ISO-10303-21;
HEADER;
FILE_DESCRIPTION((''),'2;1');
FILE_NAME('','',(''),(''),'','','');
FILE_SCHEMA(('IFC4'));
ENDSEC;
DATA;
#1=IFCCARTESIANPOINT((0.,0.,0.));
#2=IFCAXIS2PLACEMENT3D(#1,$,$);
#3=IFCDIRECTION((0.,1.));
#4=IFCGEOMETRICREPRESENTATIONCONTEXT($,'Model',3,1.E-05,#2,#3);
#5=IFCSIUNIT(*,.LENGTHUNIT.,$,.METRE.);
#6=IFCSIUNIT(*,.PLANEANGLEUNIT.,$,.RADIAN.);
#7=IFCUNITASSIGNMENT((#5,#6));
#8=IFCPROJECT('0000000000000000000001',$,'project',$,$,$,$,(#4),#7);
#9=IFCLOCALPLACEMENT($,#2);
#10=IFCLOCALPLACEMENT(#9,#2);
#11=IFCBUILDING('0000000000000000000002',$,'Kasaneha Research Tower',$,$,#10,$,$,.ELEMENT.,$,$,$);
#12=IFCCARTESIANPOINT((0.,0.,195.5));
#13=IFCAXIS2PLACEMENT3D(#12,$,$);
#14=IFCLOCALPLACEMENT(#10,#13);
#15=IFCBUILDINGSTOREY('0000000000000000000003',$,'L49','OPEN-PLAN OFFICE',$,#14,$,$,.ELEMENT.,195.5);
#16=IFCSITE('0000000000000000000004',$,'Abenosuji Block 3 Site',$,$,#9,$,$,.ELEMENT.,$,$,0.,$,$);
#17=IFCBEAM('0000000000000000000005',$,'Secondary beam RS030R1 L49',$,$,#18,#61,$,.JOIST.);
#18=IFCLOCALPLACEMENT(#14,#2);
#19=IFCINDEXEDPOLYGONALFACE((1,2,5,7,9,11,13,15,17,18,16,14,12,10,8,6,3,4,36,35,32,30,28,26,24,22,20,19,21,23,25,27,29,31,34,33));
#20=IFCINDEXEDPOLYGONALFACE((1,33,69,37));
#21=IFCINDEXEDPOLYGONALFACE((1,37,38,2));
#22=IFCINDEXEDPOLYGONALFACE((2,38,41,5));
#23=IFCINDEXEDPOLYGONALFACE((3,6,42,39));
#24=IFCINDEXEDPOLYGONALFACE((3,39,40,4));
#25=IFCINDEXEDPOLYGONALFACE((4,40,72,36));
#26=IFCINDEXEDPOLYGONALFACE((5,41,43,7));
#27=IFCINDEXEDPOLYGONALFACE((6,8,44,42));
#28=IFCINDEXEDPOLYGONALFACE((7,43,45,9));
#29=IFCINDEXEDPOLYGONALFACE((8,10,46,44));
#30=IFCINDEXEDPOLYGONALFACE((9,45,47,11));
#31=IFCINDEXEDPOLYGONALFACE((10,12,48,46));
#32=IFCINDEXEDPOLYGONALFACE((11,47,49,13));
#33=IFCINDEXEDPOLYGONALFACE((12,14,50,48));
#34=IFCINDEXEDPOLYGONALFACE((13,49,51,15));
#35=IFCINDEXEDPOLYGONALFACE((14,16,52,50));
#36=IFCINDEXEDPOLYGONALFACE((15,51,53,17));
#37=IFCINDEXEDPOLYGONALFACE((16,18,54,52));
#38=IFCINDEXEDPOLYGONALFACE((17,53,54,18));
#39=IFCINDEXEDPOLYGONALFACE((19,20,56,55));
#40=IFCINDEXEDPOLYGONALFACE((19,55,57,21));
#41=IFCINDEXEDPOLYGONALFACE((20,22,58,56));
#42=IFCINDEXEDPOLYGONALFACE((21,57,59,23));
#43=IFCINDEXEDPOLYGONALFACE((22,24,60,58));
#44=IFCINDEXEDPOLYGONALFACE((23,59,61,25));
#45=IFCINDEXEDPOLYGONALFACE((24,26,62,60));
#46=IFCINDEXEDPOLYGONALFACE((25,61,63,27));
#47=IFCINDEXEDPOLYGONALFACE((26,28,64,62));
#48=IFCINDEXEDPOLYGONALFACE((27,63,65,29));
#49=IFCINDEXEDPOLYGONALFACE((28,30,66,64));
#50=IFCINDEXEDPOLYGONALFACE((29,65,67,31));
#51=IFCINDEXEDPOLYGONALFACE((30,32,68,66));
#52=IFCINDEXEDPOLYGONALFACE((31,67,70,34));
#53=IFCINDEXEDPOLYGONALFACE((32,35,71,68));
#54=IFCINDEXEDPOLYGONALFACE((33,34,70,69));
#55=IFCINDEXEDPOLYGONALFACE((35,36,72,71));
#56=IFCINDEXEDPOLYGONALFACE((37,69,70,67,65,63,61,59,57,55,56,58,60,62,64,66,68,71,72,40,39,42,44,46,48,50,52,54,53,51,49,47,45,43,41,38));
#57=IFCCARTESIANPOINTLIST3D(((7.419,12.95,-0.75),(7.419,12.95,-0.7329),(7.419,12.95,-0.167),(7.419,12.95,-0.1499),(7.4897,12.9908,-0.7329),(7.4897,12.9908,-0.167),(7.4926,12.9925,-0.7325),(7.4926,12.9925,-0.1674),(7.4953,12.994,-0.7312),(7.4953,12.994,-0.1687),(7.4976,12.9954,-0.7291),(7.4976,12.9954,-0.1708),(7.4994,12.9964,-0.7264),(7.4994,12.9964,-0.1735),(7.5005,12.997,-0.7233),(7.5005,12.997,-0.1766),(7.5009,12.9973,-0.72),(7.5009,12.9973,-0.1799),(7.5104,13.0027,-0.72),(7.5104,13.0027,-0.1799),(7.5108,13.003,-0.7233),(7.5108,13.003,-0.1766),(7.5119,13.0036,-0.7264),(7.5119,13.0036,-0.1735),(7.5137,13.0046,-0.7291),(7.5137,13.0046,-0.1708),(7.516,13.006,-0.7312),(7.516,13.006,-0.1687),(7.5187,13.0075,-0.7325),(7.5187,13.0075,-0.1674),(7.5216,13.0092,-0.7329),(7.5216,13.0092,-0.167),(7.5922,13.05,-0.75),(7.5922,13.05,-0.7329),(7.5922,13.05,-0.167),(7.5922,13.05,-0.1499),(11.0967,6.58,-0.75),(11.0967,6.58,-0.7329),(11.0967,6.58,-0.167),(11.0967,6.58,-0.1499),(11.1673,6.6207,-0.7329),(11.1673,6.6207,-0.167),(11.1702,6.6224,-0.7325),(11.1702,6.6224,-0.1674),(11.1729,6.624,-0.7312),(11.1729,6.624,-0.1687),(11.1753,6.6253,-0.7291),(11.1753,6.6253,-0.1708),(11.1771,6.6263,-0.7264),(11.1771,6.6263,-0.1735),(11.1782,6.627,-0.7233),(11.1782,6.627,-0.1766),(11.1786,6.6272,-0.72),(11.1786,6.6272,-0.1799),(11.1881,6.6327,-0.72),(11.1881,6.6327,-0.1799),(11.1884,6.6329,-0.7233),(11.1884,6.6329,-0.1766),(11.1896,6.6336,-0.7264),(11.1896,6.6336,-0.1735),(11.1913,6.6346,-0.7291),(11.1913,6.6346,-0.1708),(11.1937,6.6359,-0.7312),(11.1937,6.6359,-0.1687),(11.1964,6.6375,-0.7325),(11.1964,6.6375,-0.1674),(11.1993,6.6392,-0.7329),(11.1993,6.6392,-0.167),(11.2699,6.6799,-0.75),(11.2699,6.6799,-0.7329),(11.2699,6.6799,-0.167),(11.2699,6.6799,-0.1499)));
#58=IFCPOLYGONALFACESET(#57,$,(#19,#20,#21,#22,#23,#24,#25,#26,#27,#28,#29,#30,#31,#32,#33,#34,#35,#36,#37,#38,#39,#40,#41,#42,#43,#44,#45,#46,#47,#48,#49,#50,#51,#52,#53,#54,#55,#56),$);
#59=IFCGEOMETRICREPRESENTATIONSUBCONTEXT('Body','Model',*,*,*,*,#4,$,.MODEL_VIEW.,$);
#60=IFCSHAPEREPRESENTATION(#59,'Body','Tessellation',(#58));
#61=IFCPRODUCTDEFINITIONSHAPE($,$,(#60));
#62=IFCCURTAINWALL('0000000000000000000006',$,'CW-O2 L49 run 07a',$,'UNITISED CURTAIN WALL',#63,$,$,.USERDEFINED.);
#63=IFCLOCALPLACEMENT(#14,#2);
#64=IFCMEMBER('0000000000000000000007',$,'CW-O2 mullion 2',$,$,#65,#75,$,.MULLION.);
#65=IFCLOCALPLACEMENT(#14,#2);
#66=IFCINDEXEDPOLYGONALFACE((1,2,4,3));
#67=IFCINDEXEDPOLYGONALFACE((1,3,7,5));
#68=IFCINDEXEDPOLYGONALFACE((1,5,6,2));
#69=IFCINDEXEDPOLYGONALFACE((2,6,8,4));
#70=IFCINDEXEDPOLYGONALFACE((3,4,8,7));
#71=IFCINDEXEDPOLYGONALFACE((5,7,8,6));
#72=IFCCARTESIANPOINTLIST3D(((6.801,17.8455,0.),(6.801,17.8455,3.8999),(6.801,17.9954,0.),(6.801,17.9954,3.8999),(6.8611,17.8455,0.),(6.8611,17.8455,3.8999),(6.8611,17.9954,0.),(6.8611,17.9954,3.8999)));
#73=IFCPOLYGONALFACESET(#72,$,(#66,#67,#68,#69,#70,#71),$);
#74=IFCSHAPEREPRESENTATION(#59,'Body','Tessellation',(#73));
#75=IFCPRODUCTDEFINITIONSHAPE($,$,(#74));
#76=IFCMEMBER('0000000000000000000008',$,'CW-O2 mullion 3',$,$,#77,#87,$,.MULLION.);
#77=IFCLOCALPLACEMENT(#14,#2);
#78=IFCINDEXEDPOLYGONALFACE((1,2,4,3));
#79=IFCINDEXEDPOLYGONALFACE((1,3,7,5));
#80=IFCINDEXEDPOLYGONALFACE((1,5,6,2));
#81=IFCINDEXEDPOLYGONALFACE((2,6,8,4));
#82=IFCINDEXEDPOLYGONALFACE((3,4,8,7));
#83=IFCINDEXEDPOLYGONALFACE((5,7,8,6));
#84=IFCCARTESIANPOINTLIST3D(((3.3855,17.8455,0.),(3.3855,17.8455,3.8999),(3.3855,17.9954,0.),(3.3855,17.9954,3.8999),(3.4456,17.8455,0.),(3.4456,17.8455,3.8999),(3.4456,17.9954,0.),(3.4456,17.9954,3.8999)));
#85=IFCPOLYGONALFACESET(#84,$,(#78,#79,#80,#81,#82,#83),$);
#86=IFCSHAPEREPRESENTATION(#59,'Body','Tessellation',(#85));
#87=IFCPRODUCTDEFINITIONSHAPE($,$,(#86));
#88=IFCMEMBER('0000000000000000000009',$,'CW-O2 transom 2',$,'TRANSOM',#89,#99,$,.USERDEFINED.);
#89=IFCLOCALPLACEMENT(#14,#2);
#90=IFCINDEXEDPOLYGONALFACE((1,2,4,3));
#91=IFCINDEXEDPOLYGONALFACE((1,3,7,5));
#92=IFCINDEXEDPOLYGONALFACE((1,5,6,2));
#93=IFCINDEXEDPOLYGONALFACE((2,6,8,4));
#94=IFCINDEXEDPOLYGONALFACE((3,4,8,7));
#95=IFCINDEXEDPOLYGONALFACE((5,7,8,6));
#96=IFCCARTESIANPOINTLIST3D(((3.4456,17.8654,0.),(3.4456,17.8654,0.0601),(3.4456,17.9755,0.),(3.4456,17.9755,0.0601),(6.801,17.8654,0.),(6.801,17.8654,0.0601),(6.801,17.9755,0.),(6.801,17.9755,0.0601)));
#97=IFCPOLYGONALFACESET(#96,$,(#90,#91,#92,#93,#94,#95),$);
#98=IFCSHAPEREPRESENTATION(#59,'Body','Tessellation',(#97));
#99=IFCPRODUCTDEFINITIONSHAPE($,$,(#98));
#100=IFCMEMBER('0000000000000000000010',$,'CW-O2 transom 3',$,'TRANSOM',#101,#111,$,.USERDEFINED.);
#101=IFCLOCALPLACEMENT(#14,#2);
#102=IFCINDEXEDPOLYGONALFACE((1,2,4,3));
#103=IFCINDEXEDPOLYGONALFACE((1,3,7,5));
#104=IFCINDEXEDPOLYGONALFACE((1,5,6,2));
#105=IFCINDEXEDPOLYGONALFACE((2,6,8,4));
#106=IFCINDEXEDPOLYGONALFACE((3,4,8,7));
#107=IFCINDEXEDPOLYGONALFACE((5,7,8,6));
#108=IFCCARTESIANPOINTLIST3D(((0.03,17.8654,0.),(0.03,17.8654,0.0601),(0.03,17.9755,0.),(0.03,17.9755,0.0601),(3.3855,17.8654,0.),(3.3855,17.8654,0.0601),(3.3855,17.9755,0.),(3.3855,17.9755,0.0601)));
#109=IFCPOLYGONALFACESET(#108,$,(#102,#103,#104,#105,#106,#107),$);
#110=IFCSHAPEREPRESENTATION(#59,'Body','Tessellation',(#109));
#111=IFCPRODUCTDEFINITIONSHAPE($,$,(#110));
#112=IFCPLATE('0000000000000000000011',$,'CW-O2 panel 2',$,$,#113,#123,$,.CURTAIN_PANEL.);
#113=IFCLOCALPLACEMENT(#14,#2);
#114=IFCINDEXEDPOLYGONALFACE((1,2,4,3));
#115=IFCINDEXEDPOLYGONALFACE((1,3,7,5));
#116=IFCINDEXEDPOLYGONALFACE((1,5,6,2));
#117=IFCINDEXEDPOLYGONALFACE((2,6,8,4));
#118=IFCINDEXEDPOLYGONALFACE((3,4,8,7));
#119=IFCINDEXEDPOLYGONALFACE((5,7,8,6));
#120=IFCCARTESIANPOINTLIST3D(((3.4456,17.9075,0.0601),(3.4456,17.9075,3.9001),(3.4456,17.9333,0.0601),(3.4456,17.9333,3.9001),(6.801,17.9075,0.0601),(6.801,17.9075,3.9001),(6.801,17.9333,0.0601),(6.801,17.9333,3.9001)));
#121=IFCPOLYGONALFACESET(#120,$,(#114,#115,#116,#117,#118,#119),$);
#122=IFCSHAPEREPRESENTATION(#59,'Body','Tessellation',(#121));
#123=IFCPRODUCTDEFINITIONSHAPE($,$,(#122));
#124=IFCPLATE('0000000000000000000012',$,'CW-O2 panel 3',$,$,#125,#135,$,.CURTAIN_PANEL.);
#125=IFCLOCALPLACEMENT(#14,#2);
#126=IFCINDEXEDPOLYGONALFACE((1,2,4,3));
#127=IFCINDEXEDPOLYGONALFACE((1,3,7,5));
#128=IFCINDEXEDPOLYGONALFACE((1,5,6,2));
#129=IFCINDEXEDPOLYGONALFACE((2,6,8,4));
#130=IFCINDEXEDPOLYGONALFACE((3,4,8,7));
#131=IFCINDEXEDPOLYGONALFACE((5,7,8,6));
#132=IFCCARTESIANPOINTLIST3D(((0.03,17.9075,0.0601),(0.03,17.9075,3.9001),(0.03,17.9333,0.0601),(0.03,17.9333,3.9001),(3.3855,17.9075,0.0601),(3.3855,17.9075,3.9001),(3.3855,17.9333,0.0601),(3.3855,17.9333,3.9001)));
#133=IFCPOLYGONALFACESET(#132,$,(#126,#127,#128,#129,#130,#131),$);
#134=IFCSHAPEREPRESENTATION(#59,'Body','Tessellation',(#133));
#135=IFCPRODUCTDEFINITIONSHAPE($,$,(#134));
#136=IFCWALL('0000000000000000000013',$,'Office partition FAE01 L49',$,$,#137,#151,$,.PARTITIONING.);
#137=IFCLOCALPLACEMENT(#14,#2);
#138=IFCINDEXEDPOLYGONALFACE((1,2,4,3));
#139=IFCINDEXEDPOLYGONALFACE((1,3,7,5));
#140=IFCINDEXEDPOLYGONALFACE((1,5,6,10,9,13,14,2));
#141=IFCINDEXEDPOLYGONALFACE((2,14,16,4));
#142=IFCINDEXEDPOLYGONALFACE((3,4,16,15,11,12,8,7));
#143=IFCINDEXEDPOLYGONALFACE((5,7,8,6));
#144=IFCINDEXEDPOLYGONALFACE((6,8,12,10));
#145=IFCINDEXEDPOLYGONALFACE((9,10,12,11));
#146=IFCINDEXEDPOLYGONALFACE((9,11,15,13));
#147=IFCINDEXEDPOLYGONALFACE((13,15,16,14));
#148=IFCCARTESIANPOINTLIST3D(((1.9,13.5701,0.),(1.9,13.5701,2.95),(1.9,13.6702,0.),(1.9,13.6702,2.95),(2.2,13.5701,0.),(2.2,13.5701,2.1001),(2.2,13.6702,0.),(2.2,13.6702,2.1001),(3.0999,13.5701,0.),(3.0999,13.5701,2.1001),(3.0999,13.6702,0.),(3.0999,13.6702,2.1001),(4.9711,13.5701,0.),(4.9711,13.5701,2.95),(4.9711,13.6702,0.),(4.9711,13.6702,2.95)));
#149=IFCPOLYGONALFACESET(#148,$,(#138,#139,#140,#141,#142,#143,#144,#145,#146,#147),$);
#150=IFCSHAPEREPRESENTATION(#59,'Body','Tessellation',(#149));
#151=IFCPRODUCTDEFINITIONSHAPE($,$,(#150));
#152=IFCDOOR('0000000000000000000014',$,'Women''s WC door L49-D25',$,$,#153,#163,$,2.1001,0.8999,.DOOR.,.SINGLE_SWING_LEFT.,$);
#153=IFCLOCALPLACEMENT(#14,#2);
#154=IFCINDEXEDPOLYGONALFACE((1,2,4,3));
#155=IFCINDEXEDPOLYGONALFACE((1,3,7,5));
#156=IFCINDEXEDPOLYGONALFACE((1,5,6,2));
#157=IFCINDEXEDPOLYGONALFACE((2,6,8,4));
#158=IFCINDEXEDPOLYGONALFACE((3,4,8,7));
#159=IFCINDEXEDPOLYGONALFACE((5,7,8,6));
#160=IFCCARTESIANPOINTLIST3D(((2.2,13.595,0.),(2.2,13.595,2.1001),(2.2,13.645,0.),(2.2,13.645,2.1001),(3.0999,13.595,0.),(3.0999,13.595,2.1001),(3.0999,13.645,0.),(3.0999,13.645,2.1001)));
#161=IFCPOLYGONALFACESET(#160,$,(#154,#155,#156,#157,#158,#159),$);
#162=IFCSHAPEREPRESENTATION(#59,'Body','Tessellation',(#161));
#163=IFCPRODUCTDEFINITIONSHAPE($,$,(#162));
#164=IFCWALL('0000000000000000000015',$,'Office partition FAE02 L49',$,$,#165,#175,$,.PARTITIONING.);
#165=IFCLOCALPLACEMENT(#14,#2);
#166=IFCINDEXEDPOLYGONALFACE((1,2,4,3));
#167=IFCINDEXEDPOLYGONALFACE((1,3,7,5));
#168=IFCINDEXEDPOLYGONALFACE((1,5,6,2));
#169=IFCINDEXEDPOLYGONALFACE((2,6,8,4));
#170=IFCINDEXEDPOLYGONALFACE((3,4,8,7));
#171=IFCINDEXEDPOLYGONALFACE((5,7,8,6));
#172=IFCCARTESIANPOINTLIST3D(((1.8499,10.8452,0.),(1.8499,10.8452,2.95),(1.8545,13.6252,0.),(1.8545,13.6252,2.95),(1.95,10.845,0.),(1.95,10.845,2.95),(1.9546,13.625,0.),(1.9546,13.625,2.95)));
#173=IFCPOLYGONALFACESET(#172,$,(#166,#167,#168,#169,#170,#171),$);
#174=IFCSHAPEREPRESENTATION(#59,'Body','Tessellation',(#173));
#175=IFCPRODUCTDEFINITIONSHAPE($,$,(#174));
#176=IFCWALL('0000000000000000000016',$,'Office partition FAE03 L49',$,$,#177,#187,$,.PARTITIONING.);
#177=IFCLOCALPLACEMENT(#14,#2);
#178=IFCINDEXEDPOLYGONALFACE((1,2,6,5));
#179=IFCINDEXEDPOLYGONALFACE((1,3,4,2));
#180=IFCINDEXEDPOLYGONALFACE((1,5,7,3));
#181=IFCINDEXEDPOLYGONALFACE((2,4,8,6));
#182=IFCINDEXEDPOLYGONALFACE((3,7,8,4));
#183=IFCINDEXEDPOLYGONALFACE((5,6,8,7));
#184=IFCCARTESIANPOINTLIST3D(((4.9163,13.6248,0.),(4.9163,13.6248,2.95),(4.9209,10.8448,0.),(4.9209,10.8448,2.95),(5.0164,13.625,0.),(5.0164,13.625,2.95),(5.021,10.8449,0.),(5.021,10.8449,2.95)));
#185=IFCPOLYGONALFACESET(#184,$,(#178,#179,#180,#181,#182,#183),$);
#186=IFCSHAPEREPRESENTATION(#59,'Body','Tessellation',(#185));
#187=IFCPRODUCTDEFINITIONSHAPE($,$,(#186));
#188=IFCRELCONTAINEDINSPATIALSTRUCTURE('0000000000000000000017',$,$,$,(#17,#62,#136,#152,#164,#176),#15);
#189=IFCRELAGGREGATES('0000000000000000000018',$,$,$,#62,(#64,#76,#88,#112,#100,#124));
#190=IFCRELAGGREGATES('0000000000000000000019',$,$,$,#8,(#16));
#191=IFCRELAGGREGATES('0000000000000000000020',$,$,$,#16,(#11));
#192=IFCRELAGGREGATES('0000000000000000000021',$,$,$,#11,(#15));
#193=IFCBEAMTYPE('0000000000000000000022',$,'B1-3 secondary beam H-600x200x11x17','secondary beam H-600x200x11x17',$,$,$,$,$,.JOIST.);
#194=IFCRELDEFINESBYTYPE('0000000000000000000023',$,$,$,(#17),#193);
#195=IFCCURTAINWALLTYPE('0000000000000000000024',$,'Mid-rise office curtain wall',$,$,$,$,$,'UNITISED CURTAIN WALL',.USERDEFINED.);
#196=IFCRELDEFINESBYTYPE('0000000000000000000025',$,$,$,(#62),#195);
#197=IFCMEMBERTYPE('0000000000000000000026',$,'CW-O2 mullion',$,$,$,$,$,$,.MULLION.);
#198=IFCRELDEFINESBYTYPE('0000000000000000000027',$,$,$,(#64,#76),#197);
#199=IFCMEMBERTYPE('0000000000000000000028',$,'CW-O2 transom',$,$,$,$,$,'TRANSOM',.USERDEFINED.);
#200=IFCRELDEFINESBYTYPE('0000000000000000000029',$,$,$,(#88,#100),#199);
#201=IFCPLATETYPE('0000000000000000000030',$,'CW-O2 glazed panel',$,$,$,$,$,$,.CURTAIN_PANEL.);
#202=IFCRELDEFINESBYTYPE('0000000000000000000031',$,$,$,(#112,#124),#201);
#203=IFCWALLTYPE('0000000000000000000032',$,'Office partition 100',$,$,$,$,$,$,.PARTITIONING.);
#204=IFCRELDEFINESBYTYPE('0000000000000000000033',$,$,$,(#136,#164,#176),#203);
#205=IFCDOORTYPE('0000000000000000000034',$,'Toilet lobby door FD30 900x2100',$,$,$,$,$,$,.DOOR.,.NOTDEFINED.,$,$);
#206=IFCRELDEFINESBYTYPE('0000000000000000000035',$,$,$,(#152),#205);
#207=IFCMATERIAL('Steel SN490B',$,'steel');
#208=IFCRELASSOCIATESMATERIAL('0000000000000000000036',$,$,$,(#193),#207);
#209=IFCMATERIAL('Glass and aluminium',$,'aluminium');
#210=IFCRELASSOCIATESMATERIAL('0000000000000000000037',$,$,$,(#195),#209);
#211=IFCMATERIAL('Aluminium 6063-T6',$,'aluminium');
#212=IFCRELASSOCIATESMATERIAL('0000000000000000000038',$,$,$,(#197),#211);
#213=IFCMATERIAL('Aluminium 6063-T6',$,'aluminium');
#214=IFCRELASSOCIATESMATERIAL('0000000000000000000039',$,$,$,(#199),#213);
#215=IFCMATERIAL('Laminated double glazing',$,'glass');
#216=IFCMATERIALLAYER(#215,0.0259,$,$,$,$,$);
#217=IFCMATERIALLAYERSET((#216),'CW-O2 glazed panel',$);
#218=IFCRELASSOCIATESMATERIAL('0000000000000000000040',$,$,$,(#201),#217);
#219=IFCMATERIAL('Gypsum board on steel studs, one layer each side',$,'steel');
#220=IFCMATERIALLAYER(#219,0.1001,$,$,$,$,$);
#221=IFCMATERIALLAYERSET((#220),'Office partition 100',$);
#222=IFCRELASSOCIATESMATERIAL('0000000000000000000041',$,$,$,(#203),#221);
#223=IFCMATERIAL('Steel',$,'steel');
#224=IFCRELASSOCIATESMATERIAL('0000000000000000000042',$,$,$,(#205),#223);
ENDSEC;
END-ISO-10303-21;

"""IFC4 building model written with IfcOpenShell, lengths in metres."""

from ifc_helpers import new_model, si_unit, direction, frame, frame_2d, origin, origin_2d, place, context, subcontext, project, spatial, rectangle, i_section, extrude, material, layer, layer_set, material_profile, profile_set, type_object, element, fill, aggregate, save


model = new_model("IFC4")

# Units and contexts
model_context = context("Model", 3, precision=1e-05, world=origin(), true_north=direction((0.0, 1.0)))
body_context = subcontext(model_context, "Body", "Model", "MODEL_VIEW")
ifc_project = project(units=[si_unit("LENGTHUNIT", "METRE"), si_unit("PLANEANGLEUNIT", "RADIAN")], contexts=[model_context])

# Site, building, storey
site_placement = place(None, origin())
site = spatial("IfcSite", under=ifc_project, at=site_placement, Name="Abenosuji Block 3 Site", CompositionType="ELEMENT", RefElevation=0.0)
building_placement = place(site_placement, origin())
building = spatial("IfcBuilding", under=site, at=building_placement, Name="Kasaneha Research Tower", CompositionType="ELEMENT")
storey_placement = place(building_placement, frame((0.0, 0.0, 195.5)))
storey = spatial("IfcBuildingStorey", under=building, at=storey_placement, Name="L49", Description="OPEN-PLAN OFFICE", CompositionType="ELEMENT", Elevation=195.5)

# Beam
ifc_material_1 = material(Name="Steel SN490B", Category="steel")
ifc_material_profile_1 = material_profile(ifc_material_1, i_section(OverallWidth=0.2, OverallDepth=0.6001, WebThickness=0.011, FlangeThickness=0.0171, FilletRadius=0.0129, at=origin_2d()), Name="H-600x200x11x17")
ifc_profile_set_1 = profile_set([ifc_material_profile_1], Name="Steel SN490B")
beam_type = type_object("IfcBeamType", Name="B1-3 secondary beam H-600x200x11x17", Description="secondary beam H-600x200x11x17", PredefinedType="JOIST", material=ifc_profile_set_1)
beam_placement = place(storey_placement, frame((7.5056, 13.0, -0.45), z_axis=(0.499994, -0.866029, 0.0), x_axis=(0.866029, 0.499994, 0.0)))
element("IfcBeam", 1, at=beam_placement, inside=storey, type_object=beam_type, Name="Secondary beam RS030R1 L49", PredefinedType="JOIST", context=body_context, shape_type="SweptSolid", body=[
    extrude(i_section(OverallWidth=0.2, OverallDepth=0.6001, WebThickness=0.011, FlangeThickness=0.0171, FilletRadius=0.0129, at=origin_2d()), origin(), (0.0, 0.0, 1.0), 7.3555),
])

# Curtain wall, members, plates
ifc_material_2 = material(Name="Glass and aluminium", Category="aluminium")
curtain_wall_type = type_object("IfcCurtainWallType", Name="Mid-rise office curtain wall", ElementType="UNITISED CURTAIN WALL", PredefinedType="USERDEFINED", material=ifc_material_2)
curtain_wall_placement = place(storey_placement, origin())
curtain_wall = element("IfcCurtainWall", 2, at=curtain_wall_placement, inside=storey, type_object=curtain_wall_type, Name="CW-O2 L49 run 07a", ObjectType="UNITISED CURTAIN WALL", PredefinedType="USERDEFINED")
ifc_material_3 = material(Name="Aluminium 6063-T6", Category="aluminium")
ifc_material_profile_2 = material_profile(ifc_material_3, rectangle(XDim=0.0601, YDim=0.1499, at=origin_2d()), Name="CW-O2 mullion 60x150")
ifc_profile_set_2 = profile_set([ifc_material_profile_2], Name="Aluminium 6063-T6")
member_type_1 = type_object("IfcMemberType", Name="CW-O2 mullion", PredefinedType="MULLION", material=ifc_profile_set_2)
member_1_placement = place(storey_placement, frame((6.8311, 17.9204, 0.0), z_axis=(0.0, 0.0, 1.0), x_axis=(-1.0, 0.0, 0.0)))
member_1 = element("IfcMember", 3, at=member_1_placement, type_object=member_type_1, Name="CW-O2 mullion 2", PredefinedType="MULLION", context=body_context, shape_type="SweptSolid", body=[
    extrude(rectangle(XDim=0.0601, YDim=0.1499, at=origin_2d()), origin(), (0.0, 0.0, 1.0), 3.8999),
])
member_2_placement = place(storey_placement, frame((3.4155, 17.9204, 0.0), z_axis=(0.0, 0.0, 1.0), x_axis=(-1.0, 0.0, 0.0)))
member_2 = element("IfcMember", 4, at=member_2_placement, type_object=member_type_1, Name="CW-O2 mullion 3", PredefinedType="MULLION", context=body_context, shape_type="SweptSolid", body=[
    extrude(rectangle(XDim=0.0601, YDim=0.1499, at=origin_2d()), origin(), (0.0, 0.0, 1.0), 3.8999),
])
ifc_material_4 = material(Name="Aluminium 6063-T6", Category="aluminium")
ifc_material_profile_3 = material_profile(ifc_material_4, rectangle(XDim=0.1101, YDim=0.0601, at=origin_2d()), Name="CW-O2 transom 110x60")
ifc_profile_set_3 = profile_set([ifc_material_profile_3], Name="Aluminium 6063-T6")
member_type_2 = type_object("IfcMemberType", Name="CW-O2 transom", ElementType="TRANSOM", PredefinedType="USERDEFINED", material=ifc_profile_set_3)
member_3_placement = place(storey_placement, frame((6.801, 17.9204, 0.03), z_axis=(-1.0, 0.0, 0.0), x_axis=(0.0, -1.0, 0.0)))
member_3 = element("IfcMember", 5, at=member_3_placement, type_object=member_type_2, Name="CW-O2 transom 2", ObjectType="TRANSOM", PredefinedType="USERDEFINED", context=body_context, shape_type="SweptSolid", body=[
    extrude(rectangle(XDim=0.1101, YDim=0.0601, at=origin_2d()), origin(), (0.0, 0.0, 1.0), 3.3555),
])
member_4_placement = place(storey_placement, frame((3.3855, 17.9204, 0.03), z_axis=(-1.0, 0.0, 0.0), x_axis=(0.0, -1.0, 0.0)))
member_4 = element("IfcMember", 6, at=member_4_placement, type_object=member_type_2, Name="CW-O2 transom 3", ObjectType="TRANSOM", PredefinedType="USERDEFINED", context=body_context, shape_type="SweptSolid", body=[
    extrude(rectangle(XDim=0.1101, YDim=0.0601, at=origin_2d()), origin(), (0.0, 0.0, 1.0), 3.3555),
])
ifc_material_5 = material(Name="Laminated double glazing", Category="glass")
ifc_layer_1 = layer(ifc_material_5, 0.0259)
ifc_layer_set_1 = layer_set([ifc_layer_1], Name="CW-O2 glazed panel")
plate_type = type_object("IfcPlateType", Name="CW-O2 glazed panel", PredefinedType="CURTAIN_PANEL", material=ifc_layer_set_1)
plate_1_placement = place(storey_placement, frame((5.1233, 17.9204, 0.0601), z_axis=(0.0, 0.0, 1.0), x_axis=(-1.0, 0.0, 0.0)))
plate_1 = element("IfcPlate", 7, at=plate_1_placement, type_object=plate_type, Name="CW-O2 panel 2", PredefinedType="CURTAIN_PANEL", context=body_context, shape_type="SweptSolid", body=[
    extrude(rectangle(XDim=3.3555, YDim=0.0259, at=origin_2d()), origin(), (0.0, 0.0, 1.0), 3.8401),
])
plate_2_placement = place(storey_placement, frame((1.7078, 17.9204, 0.0601), z_axis=(0.0, 0.0, 1.0), x_axis=(-1.0, 0.0, 0.0)))
plate_2 = element("IfcPlate", 8, at=plate_2_placement, type_object=plate_type, Name="CW-O2 panel 3", PredefinedType="CURTAIN_PANEL", context=body_context, shape_type="SweptSolid", body=[
    extrude(rectangle(XDim=3.3555, YDim=0.0259, at=origin_2d()), origin(), (0.0, 0.0, 1.0), 3.8401),
])
aggregate(curtain_wall, [member_1, member_2, member_3, plate_1, member_4, plate_2])

# Wall, opening, door
ifc_material_6 = material(Name="Gypsum board on steel studs, one layer each side", Category="steel")
ifc_layer_2 = layer(ifc_material_6, 0.1001)
ifc_layer_set_2 = layer_set([ifc_layer_2], Name="Office partition 100")
wall_type_1 = type_object("IfcWallType", Name="Office partition 100", PredefinedType="PARTITIONING", material=ifc_layer_set_2)
wall_1_placement = place(storey_placement, frame((1.8999, 13.6201, 0.0), z_axis=(0.0, 0.0, 1.0), x_axis=(1.0, 0.0, 0.0)))
wall_1 = element("IfcWall", 9, at=wall_1_placement, inside=storey, type_object=wall_type_1, Name="Office partition FAE01 L49", PredefinedType="PARTITIONING", context=body_context, shape_type="SweptSolid", body=[
    extrude(rectangle(XDim=3.071, YDim=0.1001, at=frame_2d((1.5356, 0.0))), origin(), (0.0, 0.0, 1.0), 2.95),
])
opening_1_placement = place(wall_1_placement, frame((0.3, 0.0, 0.0)))
opening_1 = element("IfcOpeningElement", 10, at=opening_1_placement, cuts=wall_1, PredefinedType="OPENING", context=body_context, shape_type="SweptSolid", body=[
    extrude(rectangle(XDim=0.8999, YDim=2.1001, at=frame_2d((0.45, 1.05))), frame((0.0, 0.0601, 0.0), z_axis=(0.0, -1.0, 0.0), x_axis=(1.0, 0.0, 0.0)), (0.0, 0.0, 1.0), 0.1201),
])
ifc_material_7 = material(Name="Steel", Category="steel")
door_type = type_object("IfcDoorType", Name="Toilet lobby door FD30 900x2100", OperationType="NOTDEFINED", PredefinedType="DOOR", material=ifc_material_7)
door_1_placement = place(opening_1_placement, origin())
door_1 = element("IfcDoor", 11, at=door_1_placement, inside=storey, type_object=door_type, Name="Women's WC door L49-D25", OperationType="SINGLE_SWING_LEFT", OverallHeight=2.1001, OverallWidth=0.8999, PredefinedType="DOOR", context=body_context, shape_type="SweptSolid", body=[
    extrude(rectangle(XDim=0.8999, YDim=2.1001, at=frame_2d((0.45, 1.05))), frame((0.0, 0.0249, 0.0), z_axis=(0.0, -1.0, 0.0), x_axis=(1.0, 0.0, 0.0)), (0.0, 0.0, 1.0), 0.05),
])
fill(opening_1, door_1)

# Walls
for number, where, z_axis, x_axis, name in (
    (12, (1.8999, 10.845, 0.0), (0.0, 0.0, 1.0), (0.001669, 0.999999, 0.0), "Office partition FAE02 L49"),
    (13, (4.9663, 13.625, 0.0), (0.0, 0.0, 1.0), (0.001669, -0.999999, 0.0), "Office partition FAE03 L49"),
):
    element("IfcWall", number, at=place(storey_placement, frame(where, z_axis=z_axis, x_axis=x_axis)), inside=storey, type_object=wall_type_1, Name=name, PredefinedType="PARTITIONING", context=body_context, shape_type="SweptSolid", body=[
        extrude(rectangle(XDim=2.78, YDim=0.1001, at=frame_2d((1.3901, 0.0))), origin(), (0.0, 0.0, 1.0), 2.95),
    ])

save(model, "model.ifc")
